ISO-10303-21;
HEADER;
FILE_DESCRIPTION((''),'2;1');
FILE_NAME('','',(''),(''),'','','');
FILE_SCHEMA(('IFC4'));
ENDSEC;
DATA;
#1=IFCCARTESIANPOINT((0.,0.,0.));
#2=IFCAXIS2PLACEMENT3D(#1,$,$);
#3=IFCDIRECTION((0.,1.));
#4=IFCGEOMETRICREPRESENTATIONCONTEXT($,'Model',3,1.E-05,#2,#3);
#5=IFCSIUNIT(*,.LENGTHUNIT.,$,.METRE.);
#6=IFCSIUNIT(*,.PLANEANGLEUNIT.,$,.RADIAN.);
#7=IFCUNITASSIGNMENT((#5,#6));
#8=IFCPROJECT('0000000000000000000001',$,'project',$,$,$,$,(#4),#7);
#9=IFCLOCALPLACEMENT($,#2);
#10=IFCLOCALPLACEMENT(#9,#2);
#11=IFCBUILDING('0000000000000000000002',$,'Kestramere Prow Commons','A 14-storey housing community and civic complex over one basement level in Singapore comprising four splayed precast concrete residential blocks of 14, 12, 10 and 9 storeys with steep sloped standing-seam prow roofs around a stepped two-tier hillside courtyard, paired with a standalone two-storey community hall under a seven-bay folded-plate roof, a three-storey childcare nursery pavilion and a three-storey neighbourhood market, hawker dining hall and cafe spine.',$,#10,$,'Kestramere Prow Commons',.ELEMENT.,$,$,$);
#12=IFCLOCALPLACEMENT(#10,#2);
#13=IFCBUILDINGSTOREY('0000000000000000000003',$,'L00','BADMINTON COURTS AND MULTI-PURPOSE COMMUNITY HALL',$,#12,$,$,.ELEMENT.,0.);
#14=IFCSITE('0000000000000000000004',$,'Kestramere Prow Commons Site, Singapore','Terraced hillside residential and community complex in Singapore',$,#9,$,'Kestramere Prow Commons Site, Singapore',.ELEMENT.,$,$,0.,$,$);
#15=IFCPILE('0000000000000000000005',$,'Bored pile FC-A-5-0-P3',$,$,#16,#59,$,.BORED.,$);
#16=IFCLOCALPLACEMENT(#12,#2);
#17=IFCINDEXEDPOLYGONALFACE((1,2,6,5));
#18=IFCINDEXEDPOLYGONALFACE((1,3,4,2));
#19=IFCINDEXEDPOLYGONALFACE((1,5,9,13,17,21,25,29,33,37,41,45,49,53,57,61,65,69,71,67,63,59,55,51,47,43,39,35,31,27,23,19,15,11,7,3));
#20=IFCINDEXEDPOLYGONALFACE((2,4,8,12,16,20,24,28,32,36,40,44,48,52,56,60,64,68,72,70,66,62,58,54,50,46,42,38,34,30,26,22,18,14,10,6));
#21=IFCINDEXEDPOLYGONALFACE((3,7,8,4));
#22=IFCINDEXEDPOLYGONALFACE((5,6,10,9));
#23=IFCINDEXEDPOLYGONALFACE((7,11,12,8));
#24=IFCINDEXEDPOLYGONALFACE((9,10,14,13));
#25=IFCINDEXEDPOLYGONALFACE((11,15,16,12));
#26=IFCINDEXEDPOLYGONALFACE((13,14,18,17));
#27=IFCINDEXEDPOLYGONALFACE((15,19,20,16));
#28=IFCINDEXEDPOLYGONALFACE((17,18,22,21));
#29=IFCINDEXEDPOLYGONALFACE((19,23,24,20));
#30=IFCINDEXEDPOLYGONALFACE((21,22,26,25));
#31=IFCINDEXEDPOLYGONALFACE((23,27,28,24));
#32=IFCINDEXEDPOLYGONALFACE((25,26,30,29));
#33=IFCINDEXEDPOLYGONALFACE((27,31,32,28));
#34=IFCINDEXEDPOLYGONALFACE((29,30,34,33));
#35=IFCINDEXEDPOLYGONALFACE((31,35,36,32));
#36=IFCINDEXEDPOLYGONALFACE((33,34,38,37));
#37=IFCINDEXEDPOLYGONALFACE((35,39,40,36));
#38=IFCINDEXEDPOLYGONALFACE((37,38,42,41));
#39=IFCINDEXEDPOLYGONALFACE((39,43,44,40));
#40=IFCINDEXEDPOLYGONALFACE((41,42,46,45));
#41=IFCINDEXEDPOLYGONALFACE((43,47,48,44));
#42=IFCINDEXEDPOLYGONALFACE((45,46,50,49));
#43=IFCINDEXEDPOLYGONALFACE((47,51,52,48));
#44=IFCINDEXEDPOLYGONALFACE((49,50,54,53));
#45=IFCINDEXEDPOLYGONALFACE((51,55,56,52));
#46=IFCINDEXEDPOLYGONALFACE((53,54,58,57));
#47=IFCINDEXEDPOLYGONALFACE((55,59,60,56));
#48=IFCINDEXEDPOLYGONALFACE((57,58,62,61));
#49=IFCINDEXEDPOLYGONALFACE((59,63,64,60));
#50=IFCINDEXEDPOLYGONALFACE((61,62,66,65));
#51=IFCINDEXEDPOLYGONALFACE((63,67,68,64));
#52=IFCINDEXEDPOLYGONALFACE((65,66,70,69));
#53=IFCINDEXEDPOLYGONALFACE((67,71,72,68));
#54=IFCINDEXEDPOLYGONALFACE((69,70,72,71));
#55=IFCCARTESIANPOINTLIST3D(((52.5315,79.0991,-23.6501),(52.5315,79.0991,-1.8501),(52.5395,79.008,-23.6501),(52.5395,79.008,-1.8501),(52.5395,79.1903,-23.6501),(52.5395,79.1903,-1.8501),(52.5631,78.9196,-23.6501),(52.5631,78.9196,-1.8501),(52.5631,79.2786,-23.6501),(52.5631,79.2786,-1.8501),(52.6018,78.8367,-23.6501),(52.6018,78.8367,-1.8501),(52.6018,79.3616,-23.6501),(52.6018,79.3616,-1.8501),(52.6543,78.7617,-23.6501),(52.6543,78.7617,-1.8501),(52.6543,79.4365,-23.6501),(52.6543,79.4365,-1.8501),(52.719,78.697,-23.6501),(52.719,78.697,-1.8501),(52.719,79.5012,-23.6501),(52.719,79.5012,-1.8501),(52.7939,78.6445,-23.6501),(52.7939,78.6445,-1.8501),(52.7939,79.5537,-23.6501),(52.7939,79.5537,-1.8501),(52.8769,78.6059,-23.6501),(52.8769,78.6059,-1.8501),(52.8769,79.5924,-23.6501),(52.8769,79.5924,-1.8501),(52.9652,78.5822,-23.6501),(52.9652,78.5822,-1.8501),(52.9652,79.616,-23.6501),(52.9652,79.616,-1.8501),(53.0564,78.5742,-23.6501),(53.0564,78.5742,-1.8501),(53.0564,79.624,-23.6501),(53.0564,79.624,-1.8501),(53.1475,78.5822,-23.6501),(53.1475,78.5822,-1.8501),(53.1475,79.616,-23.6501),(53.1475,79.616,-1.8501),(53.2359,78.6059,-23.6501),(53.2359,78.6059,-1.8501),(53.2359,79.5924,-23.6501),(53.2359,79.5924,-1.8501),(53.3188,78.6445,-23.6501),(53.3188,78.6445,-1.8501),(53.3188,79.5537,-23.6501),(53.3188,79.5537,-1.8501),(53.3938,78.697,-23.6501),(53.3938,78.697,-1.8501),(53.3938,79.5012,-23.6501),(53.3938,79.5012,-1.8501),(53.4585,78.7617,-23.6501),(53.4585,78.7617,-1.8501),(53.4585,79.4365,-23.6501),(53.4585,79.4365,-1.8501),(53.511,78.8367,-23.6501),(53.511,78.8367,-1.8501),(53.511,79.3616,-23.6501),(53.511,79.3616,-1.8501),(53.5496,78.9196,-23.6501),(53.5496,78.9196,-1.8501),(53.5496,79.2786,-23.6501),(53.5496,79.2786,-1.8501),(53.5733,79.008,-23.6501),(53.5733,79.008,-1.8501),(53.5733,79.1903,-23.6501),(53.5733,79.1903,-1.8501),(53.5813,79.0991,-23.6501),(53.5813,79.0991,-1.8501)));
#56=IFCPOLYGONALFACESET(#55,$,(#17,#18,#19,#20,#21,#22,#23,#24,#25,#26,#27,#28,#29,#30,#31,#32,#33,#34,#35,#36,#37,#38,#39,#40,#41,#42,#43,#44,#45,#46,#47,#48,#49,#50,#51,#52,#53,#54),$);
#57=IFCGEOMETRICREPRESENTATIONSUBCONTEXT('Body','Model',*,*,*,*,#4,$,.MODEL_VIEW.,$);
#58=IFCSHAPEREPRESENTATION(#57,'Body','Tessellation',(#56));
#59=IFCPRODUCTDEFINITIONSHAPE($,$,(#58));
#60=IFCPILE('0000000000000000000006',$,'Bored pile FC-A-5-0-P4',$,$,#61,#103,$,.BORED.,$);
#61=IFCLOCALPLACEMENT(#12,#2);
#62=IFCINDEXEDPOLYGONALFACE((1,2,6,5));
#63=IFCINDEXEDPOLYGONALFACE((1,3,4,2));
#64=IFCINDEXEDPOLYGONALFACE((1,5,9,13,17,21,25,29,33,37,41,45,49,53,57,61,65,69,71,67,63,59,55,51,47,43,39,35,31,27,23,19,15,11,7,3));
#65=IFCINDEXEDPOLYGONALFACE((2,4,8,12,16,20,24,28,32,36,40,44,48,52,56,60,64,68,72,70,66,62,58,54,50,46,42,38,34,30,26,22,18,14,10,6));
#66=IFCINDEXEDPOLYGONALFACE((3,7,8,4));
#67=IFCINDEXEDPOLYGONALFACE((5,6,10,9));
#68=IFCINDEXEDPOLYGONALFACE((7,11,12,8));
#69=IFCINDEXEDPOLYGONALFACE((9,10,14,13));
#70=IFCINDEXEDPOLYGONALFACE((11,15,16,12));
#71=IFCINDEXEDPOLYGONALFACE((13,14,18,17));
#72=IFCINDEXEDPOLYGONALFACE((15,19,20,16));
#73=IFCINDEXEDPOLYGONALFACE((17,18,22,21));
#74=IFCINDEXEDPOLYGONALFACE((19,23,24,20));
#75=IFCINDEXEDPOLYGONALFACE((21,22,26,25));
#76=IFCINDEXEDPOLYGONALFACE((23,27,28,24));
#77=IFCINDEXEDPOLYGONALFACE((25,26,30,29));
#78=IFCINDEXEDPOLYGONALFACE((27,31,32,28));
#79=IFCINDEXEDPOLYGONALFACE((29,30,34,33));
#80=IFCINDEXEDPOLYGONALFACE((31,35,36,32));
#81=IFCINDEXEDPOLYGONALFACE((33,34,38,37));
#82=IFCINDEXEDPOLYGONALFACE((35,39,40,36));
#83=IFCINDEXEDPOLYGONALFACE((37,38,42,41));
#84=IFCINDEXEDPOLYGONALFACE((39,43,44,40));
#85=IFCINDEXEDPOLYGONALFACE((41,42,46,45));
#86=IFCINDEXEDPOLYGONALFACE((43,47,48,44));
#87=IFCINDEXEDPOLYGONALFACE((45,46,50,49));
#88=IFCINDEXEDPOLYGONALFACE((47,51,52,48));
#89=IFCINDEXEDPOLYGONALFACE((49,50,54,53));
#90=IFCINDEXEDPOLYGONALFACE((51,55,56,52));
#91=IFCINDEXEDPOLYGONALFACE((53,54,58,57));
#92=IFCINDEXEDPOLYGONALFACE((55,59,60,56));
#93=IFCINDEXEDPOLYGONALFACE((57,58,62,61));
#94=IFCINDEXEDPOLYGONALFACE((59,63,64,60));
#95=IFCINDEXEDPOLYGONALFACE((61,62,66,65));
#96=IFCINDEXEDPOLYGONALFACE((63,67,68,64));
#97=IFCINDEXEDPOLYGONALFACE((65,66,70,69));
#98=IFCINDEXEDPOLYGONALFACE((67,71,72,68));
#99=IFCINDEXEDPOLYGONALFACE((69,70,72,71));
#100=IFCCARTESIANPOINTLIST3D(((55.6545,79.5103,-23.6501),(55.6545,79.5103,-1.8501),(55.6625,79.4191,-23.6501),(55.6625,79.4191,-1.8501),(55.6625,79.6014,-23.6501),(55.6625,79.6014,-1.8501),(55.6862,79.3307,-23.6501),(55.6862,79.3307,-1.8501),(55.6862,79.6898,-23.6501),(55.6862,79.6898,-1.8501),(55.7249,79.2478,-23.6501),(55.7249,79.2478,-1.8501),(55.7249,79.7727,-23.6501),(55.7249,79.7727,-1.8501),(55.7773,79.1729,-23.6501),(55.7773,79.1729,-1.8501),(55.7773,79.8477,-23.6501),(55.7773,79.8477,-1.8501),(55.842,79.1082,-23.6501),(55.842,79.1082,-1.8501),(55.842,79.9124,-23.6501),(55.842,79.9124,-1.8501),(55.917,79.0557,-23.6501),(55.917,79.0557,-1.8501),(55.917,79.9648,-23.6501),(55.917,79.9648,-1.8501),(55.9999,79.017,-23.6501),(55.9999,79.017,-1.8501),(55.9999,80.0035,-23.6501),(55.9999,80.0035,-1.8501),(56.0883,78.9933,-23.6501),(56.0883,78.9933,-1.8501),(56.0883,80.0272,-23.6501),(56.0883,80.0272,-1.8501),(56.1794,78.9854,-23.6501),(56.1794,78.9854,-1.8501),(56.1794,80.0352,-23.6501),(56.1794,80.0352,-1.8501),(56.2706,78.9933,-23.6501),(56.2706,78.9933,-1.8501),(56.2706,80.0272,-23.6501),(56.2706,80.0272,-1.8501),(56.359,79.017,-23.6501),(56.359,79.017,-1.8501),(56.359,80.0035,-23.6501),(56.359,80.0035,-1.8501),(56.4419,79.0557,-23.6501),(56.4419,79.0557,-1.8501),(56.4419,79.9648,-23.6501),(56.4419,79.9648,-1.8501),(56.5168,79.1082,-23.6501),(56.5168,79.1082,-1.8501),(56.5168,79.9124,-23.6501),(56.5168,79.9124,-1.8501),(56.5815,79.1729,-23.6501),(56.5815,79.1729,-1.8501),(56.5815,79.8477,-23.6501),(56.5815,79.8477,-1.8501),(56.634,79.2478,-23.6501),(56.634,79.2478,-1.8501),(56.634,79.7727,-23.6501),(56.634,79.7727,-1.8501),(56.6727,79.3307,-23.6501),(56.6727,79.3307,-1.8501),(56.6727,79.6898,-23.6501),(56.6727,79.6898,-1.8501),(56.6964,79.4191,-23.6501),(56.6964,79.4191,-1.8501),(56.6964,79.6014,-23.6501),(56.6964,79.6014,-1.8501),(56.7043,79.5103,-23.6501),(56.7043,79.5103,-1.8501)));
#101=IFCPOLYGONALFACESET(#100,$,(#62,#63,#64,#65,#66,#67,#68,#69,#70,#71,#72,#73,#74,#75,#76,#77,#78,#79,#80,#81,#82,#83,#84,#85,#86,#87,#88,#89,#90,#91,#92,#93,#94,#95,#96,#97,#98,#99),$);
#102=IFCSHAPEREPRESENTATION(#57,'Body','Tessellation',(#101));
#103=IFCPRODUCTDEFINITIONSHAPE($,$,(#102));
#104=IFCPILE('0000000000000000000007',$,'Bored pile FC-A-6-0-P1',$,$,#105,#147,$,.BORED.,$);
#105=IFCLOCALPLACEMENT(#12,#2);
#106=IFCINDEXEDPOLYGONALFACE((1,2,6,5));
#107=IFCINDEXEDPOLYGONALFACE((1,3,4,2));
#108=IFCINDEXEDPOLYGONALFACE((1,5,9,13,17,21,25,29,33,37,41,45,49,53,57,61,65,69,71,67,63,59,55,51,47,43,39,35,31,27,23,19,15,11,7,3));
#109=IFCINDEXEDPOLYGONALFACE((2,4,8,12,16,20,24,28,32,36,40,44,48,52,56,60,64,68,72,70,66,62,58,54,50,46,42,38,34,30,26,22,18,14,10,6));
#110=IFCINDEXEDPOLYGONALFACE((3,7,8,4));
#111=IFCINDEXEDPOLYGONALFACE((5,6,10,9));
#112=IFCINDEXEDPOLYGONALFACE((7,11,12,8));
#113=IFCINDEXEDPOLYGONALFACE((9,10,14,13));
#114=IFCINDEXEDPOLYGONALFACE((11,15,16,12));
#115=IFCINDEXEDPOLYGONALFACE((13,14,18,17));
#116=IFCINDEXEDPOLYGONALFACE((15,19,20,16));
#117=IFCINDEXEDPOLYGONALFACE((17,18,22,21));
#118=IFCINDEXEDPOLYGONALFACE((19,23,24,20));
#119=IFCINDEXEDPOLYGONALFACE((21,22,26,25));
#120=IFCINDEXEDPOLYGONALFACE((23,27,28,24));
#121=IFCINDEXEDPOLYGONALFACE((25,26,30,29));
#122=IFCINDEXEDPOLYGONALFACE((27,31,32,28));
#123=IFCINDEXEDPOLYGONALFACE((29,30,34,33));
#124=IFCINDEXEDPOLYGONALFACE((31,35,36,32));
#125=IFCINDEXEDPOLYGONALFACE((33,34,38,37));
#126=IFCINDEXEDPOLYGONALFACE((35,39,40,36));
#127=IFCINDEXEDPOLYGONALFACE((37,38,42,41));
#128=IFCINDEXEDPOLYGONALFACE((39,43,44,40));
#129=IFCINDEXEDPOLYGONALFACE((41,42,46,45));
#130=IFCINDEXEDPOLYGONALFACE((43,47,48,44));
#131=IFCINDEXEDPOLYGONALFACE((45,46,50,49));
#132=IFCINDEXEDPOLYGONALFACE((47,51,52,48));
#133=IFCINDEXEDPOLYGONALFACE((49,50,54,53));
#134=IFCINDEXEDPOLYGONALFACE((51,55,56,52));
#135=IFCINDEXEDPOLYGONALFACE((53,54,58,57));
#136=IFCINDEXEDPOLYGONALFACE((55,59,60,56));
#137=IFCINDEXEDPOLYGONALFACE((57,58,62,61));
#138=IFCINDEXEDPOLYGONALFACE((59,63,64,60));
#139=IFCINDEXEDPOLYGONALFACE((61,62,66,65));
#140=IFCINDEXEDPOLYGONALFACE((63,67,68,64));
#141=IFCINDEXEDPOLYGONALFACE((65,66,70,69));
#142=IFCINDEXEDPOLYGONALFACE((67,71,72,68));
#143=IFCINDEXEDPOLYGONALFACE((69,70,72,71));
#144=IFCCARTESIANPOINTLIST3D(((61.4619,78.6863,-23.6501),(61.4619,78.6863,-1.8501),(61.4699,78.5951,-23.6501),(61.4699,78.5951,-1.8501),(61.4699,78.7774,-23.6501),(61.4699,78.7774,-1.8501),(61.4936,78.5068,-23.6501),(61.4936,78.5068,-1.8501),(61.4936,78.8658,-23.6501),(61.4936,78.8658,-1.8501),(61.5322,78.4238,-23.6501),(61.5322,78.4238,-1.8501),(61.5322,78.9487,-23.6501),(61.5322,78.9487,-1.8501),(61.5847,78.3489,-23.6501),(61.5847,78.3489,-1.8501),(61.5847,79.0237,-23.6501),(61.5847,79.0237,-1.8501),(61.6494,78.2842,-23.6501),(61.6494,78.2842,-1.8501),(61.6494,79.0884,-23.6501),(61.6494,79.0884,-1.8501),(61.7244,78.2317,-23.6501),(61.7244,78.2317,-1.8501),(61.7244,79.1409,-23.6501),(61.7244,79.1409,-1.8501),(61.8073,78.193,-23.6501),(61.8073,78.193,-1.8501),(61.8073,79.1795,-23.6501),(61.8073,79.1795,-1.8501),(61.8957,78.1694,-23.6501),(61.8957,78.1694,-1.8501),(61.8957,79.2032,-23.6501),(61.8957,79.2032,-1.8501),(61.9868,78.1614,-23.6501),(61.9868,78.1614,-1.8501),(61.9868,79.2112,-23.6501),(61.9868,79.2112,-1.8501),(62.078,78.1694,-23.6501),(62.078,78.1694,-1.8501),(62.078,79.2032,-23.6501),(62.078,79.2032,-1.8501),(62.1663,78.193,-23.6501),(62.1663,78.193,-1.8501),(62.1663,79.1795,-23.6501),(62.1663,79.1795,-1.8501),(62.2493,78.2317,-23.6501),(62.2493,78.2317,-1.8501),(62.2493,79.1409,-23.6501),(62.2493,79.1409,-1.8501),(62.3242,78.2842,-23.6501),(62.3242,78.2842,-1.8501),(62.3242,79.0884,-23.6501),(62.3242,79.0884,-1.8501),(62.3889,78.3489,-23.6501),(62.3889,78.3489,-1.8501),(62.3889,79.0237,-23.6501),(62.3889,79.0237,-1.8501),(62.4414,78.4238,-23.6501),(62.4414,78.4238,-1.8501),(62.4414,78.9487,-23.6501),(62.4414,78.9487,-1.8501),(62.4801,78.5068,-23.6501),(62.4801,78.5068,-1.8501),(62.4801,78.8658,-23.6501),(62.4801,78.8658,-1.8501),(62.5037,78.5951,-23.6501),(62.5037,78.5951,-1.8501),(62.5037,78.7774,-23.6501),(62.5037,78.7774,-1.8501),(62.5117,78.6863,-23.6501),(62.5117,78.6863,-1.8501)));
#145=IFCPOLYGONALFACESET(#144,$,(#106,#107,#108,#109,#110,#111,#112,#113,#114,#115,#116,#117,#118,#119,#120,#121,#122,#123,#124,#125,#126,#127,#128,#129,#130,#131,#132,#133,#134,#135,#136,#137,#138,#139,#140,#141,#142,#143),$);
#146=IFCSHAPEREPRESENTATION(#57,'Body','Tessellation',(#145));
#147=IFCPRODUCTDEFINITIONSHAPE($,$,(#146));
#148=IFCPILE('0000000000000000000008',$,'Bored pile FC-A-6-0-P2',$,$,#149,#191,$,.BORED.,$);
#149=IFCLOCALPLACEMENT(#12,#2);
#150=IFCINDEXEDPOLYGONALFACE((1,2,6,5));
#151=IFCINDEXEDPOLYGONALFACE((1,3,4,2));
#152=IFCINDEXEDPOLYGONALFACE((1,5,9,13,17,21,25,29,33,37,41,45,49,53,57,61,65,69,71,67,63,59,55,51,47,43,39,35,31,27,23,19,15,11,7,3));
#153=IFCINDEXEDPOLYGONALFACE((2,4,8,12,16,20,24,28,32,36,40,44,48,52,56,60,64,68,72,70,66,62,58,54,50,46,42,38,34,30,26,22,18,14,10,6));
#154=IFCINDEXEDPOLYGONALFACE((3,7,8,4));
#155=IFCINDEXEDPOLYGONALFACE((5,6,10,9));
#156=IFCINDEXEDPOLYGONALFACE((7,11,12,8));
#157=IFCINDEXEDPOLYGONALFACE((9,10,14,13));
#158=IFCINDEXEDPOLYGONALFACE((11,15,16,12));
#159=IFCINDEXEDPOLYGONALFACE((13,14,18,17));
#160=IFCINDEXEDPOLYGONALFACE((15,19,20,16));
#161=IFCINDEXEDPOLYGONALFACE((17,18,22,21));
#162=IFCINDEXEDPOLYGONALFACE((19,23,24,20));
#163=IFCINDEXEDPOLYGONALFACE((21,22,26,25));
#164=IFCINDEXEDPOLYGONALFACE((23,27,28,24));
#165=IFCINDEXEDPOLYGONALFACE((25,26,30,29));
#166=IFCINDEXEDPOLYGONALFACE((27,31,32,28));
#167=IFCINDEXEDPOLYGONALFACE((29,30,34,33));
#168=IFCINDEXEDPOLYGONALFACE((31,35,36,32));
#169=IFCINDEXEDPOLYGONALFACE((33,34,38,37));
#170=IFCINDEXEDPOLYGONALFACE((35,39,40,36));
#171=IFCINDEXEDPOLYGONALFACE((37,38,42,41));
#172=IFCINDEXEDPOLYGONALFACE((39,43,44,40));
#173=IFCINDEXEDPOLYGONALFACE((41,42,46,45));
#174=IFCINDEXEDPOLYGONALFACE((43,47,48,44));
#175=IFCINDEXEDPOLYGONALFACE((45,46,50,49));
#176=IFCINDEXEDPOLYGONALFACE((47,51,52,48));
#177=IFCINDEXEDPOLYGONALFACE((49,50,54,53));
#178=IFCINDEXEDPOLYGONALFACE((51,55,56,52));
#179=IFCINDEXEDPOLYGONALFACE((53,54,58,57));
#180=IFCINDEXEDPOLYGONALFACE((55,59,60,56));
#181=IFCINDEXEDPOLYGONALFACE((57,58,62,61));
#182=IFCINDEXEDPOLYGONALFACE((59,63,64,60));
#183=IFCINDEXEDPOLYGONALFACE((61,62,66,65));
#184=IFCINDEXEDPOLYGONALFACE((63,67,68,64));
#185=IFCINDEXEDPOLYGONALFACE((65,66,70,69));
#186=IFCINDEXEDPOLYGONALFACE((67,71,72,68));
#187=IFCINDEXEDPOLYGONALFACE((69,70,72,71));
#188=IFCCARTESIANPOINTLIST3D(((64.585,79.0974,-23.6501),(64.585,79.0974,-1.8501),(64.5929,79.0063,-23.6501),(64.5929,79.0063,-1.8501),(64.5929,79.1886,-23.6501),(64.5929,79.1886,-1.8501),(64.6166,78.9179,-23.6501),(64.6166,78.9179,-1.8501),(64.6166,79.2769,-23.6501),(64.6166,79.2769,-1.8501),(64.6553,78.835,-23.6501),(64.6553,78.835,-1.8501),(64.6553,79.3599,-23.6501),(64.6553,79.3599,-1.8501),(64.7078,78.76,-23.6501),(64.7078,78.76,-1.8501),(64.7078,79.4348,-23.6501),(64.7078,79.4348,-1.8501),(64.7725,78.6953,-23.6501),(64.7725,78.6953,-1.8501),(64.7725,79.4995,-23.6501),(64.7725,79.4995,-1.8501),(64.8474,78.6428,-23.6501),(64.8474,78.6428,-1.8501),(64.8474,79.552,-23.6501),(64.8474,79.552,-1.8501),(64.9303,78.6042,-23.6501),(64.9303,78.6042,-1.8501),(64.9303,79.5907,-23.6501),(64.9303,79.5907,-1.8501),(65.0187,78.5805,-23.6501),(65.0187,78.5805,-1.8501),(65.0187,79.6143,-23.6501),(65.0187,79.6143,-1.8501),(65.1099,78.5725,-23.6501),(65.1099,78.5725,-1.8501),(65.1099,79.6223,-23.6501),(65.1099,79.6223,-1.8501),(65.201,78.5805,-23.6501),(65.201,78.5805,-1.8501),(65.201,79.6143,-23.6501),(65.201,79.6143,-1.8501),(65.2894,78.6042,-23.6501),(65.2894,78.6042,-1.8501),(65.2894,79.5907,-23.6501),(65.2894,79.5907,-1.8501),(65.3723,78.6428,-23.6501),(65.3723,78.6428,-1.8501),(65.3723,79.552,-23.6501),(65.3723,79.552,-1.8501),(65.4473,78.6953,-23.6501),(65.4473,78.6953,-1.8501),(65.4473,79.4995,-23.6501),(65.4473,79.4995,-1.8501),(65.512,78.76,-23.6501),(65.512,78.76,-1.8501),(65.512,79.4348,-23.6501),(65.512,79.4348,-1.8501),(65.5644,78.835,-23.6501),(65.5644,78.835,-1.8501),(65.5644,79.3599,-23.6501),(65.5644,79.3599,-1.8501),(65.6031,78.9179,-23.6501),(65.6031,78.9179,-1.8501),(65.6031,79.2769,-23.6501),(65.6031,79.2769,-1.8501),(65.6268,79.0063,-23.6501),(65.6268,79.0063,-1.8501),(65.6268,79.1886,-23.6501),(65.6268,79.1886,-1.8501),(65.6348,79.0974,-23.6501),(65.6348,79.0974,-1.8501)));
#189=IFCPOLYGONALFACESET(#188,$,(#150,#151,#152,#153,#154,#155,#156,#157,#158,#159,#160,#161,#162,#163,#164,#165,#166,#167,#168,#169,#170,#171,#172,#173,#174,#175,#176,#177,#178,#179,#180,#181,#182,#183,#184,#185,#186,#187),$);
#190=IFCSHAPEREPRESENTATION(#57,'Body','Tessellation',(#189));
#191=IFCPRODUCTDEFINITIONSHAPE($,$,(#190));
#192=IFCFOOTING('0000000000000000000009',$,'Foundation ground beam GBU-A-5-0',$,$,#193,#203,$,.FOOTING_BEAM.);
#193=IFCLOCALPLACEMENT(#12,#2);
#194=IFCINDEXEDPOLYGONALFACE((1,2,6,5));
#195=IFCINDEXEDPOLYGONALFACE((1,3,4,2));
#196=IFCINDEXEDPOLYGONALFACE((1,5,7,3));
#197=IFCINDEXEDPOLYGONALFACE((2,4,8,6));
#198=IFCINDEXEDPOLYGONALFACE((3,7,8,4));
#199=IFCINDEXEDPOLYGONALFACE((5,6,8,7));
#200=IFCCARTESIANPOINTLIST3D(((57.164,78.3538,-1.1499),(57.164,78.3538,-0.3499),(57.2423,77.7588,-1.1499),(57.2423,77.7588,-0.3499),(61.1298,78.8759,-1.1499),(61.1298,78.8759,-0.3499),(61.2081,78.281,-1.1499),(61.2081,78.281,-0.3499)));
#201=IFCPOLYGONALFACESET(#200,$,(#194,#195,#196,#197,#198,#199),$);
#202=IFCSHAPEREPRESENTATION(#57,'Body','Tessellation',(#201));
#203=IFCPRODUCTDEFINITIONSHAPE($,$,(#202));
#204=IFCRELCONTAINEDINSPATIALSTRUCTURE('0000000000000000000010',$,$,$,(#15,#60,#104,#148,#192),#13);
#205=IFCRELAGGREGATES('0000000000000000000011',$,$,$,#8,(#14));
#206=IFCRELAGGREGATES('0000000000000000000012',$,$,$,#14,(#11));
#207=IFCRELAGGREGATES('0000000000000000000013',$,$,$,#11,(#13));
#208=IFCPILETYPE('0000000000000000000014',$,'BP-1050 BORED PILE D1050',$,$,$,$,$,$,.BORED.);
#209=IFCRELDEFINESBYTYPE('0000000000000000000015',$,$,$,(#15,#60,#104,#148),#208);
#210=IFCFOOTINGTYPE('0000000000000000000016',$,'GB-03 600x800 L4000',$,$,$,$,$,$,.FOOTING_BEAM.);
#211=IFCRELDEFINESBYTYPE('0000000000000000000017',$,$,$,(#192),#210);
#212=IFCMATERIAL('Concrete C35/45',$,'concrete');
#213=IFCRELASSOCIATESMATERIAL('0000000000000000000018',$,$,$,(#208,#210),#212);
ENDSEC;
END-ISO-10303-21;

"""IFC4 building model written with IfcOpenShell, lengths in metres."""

from ifc_helpers import new_model, si_unit, direction, frame, origin, origin_2d, place, context, subcontext, project, spatial, rectangle, circle, extrude, material, material_profile, profile_set, type_object, element, save


model = new_model("IFC4")

# Units and contexts
model_context = context("Model", 3, precision=1e-05, world=origin(), true_north=direction((0.0, 1.0)))
body_context = subcontext(model_context, "Body", "Model", "MODEL_VIEW")
ifc_project = project(units=[si_unit("LENGTHUNIT", "METRE"), si_unit("PLANEANGLEUNIT", "RADIAN")], contexts=[model_context])

# Site, building, storey
site_placement = place(None, origin())
site = spatial("IfcSite", under=ifc_project, at=site_placement, Name="Kestramere Prow Commons Site, Singapore", Description="Terraced hillside residential and community complex in Singapore", LongName="Kestramere Prow Commons Site, Singapore", CompositionType="ELEMENT", RefElevation=0.0)
building_placement = place(site_placement, origin())
building = spatial("IfcBuilding", under=site, at=building_placement, Name="Kestramere Prow Commons", Description="A 14-storey housing community and civic complex over one basement level in Singapore comprising four splayed precast concrete residential blocks of 14, 12, 10 and 9 storeys with steep sloped standing-seam prow roofs around a stepped two-tier hillside courtyard, paired with a standalone two-storey community hall under a seven-bay folded-plate roof, a three-storey childcare nursery pavilion and a three-storey neighbourhood market, hawker dining hall and cafe spine.", LongName="Kestramere Prow Commons", CompositionType="ELEMENT")
storey_placement = place(building_placement, origin())
storey = spatial("IfcBuildingStorey", under=building, at=storey_placement, Name="L00", Description="BADMINTON COURTS AND MULTI-PURPOSE COMMUNITY HALL", CompositionType="ELEMENT", Elevation=0.0)

# Piles
ifc_material_1 = material(Name="Concrete C35/45", Category="concrete")
ifc_material_profile_1 = material_profile(ifc_material_1, circle(Radius=0.5249, at=origin_2d()), Name="BORED PILE D1050")
ifc_profile_set_1 = profile_set([ifc_material_profile_1], Name="Concrete C35/45")
pile_type = type_object("IfcPileType", Name="BP-1050 BORED PILE D1050", PredefinedType="BORED", material=ifc_profile_set_1)
for number, where, z_axis, x_axis, name in (
    (1, (53.0564, 79.0991, -1.8501), (0.0, 0.0, -1.0), (1.0, 0.0, 0.0), "Bored pile FC-A-5-0-P3"),
    (2, (56.1794, 79.5103, -1.8501), (0.0, 0.0, -1.0), (1.0, 0.0, 0.0), "Bored pile FC-A-5-0-P4"),
    (3, (61.9868, 78.6863, -1.8501), (0.0, 0.0, -1.0), (1.0, 0.0, 0.0), "Bored pile FC-A-6-0-P1"),
    (4, (65.1099, 79.0974, -1.8501), (0.0, 0.0, -1.0), (1.0, 0.0, 0.0), "Bored pile FC-A-6-0-P2"),
):
    element("IfcPile", number, at=place(storey_placement, frame(where, z_axis=z_axis, x_axis=x_axis)), inside=storey, type_object=pile_type, Name=name, PredefinedType="BORED", context=body_context, shape_type="SweptSolid", body=[
        extrude(circle(Radius=0.5249, at=origin_2d()), origin(), (0.0, 0.0, 1.0), 21.8),
    ])

# Footing
footing_type_1 = type_object("IfcFootingType", Name="GB-03 600x800 L4000", PredefinedType="FOOTING_BEAM", material=ifc_material_1)
footing_1_placement = place(storey_placement, frame((59.186, 78.3174, -1.1499), z_axis=(0.0, 0.0, 1.0), x_axis=(0.991445, 0.130526, 0.0)))
element("IfcFooting", 5, at=footing_1_placement, inside=storey, type_object=footing_type_1, Name="Foundation ground beam GBU-A-5-0", PredefinedType="FOOTING_BEAM", context=body_context, shape_type="SweptSolid", body=[
    extrude(rectangle(XDim=4.0, YDim=0.6001, at=origin_2d()), origin(), (0.0, 0.0, 1.0), 0.8),
])

save(model, "model.ifc")
